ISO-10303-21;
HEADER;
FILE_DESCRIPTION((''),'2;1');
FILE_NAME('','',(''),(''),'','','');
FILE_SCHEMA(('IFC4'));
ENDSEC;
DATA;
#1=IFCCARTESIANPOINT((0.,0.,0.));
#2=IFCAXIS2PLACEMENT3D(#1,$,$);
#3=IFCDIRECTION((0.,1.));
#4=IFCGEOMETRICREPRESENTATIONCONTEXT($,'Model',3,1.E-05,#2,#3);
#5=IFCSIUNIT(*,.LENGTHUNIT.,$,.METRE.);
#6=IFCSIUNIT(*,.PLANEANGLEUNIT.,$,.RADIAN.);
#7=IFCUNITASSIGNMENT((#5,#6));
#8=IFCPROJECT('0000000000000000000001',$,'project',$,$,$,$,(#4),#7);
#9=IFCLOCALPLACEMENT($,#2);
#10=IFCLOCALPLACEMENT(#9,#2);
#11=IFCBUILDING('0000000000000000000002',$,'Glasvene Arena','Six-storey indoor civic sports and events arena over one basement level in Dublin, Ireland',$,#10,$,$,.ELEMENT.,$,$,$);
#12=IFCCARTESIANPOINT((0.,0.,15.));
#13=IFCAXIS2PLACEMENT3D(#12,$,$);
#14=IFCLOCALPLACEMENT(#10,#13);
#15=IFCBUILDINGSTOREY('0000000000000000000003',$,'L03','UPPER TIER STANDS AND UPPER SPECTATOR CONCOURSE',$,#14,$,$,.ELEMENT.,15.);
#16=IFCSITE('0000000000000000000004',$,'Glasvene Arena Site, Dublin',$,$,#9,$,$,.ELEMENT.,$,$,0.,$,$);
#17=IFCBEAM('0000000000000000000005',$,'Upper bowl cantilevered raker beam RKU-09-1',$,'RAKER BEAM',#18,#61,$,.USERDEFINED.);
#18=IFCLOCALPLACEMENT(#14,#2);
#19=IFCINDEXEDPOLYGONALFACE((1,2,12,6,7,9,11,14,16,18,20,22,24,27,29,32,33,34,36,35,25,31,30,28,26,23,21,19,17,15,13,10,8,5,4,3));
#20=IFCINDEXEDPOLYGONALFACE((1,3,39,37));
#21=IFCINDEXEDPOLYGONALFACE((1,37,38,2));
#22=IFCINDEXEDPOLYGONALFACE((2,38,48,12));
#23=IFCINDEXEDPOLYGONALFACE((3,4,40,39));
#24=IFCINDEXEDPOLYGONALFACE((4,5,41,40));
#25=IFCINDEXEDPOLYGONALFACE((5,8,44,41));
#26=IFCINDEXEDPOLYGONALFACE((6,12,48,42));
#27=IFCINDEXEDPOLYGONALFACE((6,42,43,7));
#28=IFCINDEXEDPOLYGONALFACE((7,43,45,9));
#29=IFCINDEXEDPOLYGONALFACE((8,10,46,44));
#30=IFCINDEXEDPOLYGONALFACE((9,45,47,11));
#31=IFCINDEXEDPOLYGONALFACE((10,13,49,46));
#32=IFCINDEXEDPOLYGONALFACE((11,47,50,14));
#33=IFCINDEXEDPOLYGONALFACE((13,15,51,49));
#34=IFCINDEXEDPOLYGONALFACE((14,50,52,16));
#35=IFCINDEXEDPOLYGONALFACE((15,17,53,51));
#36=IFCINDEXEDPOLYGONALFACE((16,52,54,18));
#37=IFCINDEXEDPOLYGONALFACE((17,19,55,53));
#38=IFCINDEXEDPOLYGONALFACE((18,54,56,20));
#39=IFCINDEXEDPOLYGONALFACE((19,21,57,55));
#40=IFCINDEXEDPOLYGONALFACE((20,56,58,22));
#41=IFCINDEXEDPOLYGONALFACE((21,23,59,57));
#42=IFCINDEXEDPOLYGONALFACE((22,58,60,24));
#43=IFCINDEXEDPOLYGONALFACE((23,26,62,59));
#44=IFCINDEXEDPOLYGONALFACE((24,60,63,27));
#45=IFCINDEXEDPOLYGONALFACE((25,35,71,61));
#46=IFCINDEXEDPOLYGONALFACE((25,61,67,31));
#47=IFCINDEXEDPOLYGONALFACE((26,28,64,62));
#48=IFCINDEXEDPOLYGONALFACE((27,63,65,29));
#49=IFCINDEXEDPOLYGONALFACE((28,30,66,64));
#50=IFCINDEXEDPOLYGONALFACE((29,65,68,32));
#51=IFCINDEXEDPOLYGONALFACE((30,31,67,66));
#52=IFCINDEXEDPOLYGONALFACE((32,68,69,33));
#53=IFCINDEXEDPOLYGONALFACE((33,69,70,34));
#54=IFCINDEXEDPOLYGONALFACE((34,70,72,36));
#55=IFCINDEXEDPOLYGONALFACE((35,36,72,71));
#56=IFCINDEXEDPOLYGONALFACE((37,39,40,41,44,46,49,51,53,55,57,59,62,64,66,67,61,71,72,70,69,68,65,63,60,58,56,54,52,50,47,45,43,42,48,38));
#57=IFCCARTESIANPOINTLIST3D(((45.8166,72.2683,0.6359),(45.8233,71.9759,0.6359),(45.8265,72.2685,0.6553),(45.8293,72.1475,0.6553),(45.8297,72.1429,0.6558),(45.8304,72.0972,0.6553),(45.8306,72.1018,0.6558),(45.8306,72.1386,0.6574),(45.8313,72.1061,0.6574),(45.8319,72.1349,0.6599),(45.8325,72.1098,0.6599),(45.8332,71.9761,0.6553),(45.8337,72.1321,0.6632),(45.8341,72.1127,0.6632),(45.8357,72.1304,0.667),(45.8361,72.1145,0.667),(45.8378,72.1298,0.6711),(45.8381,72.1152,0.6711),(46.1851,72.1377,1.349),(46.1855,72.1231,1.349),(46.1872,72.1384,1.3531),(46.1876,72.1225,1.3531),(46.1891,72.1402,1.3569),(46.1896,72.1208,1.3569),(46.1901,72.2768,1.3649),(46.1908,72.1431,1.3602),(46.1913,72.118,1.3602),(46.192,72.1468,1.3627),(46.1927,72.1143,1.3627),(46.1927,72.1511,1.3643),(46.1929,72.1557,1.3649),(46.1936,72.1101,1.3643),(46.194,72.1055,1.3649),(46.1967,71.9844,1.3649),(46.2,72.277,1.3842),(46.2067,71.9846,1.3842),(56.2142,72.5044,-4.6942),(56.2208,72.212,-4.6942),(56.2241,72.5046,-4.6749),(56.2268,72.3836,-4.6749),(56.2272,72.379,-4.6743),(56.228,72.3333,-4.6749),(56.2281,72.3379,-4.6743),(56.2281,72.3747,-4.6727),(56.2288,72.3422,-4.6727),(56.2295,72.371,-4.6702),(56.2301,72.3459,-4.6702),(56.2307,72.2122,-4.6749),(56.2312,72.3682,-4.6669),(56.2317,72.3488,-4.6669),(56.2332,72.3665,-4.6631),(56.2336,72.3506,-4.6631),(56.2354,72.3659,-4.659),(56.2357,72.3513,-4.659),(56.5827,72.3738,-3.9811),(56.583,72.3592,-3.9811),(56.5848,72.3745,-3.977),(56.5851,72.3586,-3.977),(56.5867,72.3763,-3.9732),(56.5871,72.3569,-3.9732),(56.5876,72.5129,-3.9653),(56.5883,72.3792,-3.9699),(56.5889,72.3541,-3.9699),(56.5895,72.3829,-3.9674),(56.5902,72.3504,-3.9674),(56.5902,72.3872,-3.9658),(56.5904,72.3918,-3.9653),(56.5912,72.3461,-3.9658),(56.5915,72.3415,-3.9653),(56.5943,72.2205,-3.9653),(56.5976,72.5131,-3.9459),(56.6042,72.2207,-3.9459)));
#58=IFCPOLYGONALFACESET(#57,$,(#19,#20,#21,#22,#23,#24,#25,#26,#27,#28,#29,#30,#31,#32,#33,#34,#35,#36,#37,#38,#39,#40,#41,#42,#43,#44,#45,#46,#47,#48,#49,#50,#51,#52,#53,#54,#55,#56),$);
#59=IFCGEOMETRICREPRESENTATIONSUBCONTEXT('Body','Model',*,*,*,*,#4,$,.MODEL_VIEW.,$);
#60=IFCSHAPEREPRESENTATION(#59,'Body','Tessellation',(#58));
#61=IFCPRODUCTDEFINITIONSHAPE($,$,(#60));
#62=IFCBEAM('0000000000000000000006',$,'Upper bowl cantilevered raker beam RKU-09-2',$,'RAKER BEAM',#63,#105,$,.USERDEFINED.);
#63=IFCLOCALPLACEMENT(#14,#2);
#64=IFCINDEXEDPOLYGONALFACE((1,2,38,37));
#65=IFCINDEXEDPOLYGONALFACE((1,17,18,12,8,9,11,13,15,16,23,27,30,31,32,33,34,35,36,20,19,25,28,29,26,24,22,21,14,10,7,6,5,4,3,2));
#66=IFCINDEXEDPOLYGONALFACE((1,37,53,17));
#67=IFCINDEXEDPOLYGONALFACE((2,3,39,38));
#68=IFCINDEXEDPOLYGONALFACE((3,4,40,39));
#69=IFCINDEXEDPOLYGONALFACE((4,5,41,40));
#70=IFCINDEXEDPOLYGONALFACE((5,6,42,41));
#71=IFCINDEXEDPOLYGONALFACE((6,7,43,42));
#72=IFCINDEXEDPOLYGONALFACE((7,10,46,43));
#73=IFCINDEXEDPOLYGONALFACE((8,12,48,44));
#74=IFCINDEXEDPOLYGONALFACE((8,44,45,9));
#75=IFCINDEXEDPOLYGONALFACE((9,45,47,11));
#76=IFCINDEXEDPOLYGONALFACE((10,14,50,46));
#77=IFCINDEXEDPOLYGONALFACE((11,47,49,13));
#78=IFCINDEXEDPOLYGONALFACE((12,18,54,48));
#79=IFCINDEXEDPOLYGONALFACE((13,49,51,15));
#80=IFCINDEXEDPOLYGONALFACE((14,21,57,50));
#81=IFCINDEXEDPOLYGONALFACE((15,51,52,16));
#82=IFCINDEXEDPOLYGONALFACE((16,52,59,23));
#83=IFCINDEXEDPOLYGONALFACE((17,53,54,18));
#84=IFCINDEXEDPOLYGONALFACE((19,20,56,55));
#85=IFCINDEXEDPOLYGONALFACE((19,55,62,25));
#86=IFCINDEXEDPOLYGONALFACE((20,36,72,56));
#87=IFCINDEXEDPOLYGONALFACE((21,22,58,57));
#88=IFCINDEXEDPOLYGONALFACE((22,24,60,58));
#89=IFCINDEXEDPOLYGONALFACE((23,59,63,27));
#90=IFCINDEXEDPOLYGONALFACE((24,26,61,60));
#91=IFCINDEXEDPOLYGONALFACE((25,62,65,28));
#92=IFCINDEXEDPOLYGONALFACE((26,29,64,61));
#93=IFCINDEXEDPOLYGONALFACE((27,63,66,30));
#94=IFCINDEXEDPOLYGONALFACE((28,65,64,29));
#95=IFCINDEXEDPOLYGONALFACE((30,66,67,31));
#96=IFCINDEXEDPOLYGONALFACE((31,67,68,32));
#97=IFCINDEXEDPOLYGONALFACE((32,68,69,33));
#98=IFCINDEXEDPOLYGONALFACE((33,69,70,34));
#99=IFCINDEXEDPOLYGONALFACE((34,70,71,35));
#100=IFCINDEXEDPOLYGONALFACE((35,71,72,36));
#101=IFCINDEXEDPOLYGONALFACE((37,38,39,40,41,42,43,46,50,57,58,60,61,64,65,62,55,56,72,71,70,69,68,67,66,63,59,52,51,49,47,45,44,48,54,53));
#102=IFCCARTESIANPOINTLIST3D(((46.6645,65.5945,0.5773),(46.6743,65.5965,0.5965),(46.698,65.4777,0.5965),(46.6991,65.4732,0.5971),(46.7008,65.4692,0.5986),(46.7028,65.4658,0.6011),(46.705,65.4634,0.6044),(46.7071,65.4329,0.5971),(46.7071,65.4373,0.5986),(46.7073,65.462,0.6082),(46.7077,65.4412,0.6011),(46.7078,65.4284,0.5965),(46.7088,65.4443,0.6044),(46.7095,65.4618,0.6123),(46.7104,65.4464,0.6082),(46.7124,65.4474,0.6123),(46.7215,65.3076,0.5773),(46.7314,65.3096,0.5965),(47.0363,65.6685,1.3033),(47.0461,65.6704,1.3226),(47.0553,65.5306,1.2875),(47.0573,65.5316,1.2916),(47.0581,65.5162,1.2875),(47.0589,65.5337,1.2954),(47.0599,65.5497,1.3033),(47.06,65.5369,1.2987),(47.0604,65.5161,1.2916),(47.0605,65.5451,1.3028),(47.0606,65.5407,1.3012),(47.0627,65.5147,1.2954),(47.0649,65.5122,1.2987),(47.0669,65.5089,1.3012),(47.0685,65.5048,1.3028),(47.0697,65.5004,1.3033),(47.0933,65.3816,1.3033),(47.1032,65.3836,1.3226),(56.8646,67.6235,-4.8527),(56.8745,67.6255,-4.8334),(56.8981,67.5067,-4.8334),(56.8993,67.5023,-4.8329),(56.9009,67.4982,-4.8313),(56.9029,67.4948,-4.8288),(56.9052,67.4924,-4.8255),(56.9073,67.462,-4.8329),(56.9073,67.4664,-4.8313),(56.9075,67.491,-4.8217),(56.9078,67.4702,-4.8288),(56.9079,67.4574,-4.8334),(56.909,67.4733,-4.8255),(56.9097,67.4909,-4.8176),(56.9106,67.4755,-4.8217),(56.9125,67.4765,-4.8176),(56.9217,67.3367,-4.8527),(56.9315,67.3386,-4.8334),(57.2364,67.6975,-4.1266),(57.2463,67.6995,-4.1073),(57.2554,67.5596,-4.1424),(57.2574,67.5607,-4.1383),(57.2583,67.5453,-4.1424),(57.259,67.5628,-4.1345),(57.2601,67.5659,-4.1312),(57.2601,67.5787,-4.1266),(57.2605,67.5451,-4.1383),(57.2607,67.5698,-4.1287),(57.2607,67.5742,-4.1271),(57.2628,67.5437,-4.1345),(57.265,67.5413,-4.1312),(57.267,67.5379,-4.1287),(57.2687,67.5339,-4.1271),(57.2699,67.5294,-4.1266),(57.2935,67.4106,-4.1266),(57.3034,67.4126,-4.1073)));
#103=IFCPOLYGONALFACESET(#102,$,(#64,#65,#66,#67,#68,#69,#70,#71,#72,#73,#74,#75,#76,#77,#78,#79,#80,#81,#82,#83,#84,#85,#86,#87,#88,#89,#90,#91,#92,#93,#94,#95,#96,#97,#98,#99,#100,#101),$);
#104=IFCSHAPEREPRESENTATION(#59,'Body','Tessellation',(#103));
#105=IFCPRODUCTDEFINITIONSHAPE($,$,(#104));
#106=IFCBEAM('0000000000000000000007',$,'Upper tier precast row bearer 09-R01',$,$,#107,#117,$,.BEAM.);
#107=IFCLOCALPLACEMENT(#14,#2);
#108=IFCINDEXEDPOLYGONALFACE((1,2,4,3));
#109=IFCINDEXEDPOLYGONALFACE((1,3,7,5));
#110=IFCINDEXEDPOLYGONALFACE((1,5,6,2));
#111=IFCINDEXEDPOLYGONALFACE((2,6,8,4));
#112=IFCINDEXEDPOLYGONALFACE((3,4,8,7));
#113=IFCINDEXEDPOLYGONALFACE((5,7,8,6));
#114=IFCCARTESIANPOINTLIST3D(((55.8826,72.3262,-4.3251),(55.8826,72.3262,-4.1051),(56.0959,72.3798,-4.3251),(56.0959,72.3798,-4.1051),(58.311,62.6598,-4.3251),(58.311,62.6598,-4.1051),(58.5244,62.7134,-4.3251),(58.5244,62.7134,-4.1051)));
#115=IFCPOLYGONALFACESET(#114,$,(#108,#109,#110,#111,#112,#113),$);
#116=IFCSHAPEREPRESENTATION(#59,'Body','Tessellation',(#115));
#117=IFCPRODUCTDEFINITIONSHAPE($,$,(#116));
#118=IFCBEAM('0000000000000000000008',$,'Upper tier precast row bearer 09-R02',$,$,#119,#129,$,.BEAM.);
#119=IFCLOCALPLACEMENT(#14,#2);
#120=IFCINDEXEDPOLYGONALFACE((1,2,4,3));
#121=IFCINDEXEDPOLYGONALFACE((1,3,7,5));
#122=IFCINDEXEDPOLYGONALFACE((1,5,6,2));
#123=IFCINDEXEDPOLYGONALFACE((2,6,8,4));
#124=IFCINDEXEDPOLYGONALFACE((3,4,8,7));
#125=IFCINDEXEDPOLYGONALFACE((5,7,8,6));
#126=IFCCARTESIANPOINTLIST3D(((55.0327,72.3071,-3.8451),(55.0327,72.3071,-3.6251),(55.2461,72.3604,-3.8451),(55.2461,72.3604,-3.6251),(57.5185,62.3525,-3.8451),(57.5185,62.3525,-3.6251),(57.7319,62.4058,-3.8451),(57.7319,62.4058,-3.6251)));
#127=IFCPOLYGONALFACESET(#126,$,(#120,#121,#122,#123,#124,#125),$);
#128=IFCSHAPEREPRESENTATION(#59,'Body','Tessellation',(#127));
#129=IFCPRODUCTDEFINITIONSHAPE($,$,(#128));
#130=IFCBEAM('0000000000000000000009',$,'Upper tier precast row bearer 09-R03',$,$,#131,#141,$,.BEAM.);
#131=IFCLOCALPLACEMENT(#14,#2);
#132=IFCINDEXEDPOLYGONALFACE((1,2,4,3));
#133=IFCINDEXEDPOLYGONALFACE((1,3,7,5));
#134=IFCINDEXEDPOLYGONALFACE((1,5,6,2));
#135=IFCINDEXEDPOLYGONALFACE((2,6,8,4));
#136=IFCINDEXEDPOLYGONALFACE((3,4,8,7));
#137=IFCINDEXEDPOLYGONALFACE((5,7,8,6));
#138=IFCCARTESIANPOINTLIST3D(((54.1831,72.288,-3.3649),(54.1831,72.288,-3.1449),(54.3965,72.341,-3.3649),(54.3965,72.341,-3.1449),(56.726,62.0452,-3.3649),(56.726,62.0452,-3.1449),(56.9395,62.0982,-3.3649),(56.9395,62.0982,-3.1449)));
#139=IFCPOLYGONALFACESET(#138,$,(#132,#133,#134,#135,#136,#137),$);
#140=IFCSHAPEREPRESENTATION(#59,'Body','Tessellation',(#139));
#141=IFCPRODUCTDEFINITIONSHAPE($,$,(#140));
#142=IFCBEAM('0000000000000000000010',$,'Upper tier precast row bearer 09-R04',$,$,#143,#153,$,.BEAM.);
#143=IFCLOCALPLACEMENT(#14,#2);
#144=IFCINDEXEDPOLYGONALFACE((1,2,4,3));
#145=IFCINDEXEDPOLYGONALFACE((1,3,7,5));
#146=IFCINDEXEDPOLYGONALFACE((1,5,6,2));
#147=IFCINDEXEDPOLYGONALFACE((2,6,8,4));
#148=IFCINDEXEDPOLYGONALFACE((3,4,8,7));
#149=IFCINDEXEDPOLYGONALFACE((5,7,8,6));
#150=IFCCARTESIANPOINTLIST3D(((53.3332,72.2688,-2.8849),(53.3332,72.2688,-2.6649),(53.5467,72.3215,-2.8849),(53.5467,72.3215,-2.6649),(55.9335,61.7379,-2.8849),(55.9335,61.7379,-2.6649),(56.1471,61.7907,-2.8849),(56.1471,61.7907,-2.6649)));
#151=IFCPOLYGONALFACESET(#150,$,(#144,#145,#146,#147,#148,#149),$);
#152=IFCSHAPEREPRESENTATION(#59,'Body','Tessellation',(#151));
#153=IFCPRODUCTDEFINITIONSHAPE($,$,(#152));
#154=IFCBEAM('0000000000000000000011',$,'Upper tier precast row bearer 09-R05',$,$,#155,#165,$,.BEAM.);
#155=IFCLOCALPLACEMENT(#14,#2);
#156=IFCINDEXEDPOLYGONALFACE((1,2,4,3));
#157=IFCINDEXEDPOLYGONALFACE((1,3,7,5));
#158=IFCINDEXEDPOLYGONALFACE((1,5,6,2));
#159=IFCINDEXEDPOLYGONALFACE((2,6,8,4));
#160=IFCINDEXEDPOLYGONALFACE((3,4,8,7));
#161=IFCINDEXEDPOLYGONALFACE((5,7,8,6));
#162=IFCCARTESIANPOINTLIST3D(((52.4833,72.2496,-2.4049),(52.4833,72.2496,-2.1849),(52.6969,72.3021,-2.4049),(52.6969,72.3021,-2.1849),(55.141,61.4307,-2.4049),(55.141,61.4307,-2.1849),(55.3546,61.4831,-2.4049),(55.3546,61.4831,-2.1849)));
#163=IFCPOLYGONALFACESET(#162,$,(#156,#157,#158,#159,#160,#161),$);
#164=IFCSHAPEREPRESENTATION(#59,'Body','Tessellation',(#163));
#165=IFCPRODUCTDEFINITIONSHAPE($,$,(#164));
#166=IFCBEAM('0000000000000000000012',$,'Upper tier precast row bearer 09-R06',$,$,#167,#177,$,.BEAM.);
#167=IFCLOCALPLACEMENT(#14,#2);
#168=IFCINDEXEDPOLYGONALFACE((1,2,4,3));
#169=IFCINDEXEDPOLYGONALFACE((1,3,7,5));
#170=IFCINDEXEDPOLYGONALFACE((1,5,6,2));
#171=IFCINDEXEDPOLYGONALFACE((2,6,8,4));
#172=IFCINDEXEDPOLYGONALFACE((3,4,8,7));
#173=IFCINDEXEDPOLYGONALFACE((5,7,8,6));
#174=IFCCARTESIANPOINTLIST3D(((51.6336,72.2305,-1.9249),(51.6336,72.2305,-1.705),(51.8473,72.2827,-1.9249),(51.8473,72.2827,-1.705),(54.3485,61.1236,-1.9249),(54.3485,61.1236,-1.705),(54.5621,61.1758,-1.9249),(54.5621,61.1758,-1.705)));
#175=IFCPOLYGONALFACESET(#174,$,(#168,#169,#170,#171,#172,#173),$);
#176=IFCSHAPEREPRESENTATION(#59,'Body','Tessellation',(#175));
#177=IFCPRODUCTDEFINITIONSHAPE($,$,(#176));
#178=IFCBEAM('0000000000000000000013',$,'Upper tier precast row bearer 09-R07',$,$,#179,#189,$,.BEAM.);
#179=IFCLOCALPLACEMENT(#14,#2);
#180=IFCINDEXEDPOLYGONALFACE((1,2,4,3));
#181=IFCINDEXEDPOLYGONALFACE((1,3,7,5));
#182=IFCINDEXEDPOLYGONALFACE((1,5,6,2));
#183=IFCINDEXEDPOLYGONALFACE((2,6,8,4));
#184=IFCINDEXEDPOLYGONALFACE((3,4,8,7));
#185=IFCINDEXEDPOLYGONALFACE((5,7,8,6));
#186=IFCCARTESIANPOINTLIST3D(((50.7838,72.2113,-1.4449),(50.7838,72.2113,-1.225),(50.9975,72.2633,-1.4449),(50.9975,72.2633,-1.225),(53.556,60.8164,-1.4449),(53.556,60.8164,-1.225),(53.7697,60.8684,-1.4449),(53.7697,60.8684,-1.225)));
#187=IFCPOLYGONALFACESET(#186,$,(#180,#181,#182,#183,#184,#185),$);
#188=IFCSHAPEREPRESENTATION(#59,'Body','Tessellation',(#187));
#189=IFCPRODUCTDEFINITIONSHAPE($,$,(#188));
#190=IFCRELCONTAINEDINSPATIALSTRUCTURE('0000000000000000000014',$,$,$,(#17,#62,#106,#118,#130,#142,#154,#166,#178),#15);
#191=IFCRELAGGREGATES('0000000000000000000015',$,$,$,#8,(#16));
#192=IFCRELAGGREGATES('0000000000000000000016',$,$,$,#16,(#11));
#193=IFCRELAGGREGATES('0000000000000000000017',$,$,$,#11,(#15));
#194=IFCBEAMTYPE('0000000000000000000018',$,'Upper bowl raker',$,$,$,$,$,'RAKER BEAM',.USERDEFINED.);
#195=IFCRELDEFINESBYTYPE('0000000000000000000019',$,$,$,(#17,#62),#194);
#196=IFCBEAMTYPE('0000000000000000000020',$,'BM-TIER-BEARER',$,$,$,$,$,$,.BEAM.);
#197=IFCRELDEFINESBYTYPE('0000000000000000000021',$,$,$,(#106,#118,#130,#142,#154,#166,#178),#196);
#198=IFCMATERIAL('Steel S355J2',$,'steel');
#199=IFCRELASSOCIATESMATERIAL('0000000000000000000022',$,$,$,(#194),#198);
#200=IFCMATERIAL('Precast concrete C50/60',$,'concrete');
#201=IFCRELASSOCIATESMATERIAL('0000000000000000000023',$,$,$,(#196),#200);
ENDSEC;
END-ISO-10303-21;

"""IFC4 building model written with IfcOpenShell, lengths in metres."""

from ifc_helpers import new_model, si_unit, direction, frame, origin, origin_2d, place, context, subcontext, project, spatial, rectangle, i_section, extrude, material, material_profile, profile_set, type_object, element, save


model = new_model("IFC4")

# Units and contexts
model_context = context("Model", 3, precision=1e-05, world=origin(), true_north=direction((0.0, 1.0)))
body_context = subcontext(model_context, "Body", "Model", "MODEL_VIEW")
ifc_project = project(units=[si_unit("LENGTHUNIT", "METRE"), si_unit("PLANEANGLEUNIT", "RADIAN")], contexts=[model_context])

# Site, building, storey
site_placement = place(None, origin())
site = spatial("IfcSite", under=ifc_project, at=site_placement, Name="Glasvene Arena Site, Dublin", CompositionType="ELEMENT", RefElevation=0.0)
building_placement = place(site_placement, origin())
building = spatial("IfcBuilding", under=site, at=building_placement, Name="Glasvene Arena", Description="Six-storey indoor civic sports and events arena over one basement level in Dublin, Ireland", CompositionType="ELEMENT")
storey_placement = place(building_placement, frame((0.0, 0.0, 15.0)))
storey = spatial("IfcBuildingStorey", under=building, at=storey_placement, Name="L03", Description="UPPER TIER STANDS AND UPPER SPECTATOR CONCOURSE", CompositionType="ELEMENT", Elevation=15.0)

# Shared definitions
ifc_material_1 = material(Name="Steel S355J2", Category="steel")

# Beams
ifc_material_profile_1 = material_profile(ifc_material_1, i_section(OverallWidth=0.2925, OverallDepth=0.8408, WebThickness=0.0146, FlangeThickness=0.0217, FilletRadius=0.0178, at=origin_2d()), Name="UKB 838x292x194")
ifc_profile_set_1 = profile_set([ifc_material_profile_1], Name="Steel S355J2")
beam_type_1 = type_object("IfcBeamType", Name="Upper bowl raker", ElementType="RAKER BEAM", PredefinedType="USERDEFINED", material=ifc_profile_set_1)
for number, where, z_axis, x_axis, name in (
    (1, (56.4092, 72.3625, -4.3201), (-0.889704, -0.020202, 0.456091), (0.0227, -0.999742, 0.0), "Upper bowl cantilevered raker beam RKU-09-1"),
):
    element("IfcBeam", number, at=place(storey_placement, frame(where, z_axis=z_axis, x_axis=x_axis)), inside=storey, type_object=beam_type_1, Name=name, ObjectType="RAKER BEAM", PredefinedType="USERDEFINED", context=body_context, shape_type="SweptSolid", body=[
        extrude(i_section(OverallWidth=0.2925, OverallDepth=0.8408, WebThickness=0.0146, FlangeThickness=0.0217, FilletRadius=0.0178, at=origin_2d()), origin(), (0.0, 0.0, 1.0), 11.6865),
    ])
beam_1_placement = place(storey_placement, frame((57.084, 67.5181, -4.48), z_axis=(-0.869417, -0.172947, 0.462822), x_axis=(0.1951, -0.980783, 0.0)))
element("IfcBeam", 2, at=beam_1_placement, inside=storey, type_object=beam_type_1, Name="Upper bowl cantilevered raker beam RKU-09-2", ObjectType="RAKER BEAM", PredefinedType="USERDEFINED", context=body_context, shape_type="SweptSolid", body=[
    extrude(i_section(OverallWidth=0.2925, OverallDepth=0.8408, WebThickness=0.0146, FlangeThickness=0.0217, FilletRadius=0.0178, at=origin_2d()), origin(), (0.0, 0.0, 1.0), 11.7322),
])
ifc_material_2 = material(Name="Precast concrete C50/60", Category="concrete")
ifc_material_profile_2 = material_profile(ifc_material_2, rectangle(XDim=0.22, YDim=0.22, at=origin_2d()), Name="RC 220x220")
ifc_profile_set_2 = profile_set([ifc_material_profile_2], Name="Precast concrete C50/60")
beam_type_2 = type_object("IfcBeamType", Name="BM-TIER-BEARER", PredefinedType="BEAM", material=ifc_profile_set_2)
beam_2_placement = place(storey_placement, frame((55.9893, 72.353, -4.2151), z_axis=(0.243654, -0.969862, 0.0), x_axis=(0.969862, 0.243654, 0.0)))
element("IfcBeam", 3, at=beam_2_placement, inside=storey, type_object=beam_type_2, Name="Upper tier precast row bearer 09-R01", PredefinedType="BEAM", context=body_context, shape_type="SweptSolid", body=[
    extrude(rectangle(XDim=0.22, YDim=0.22, at=origin_2d()), origin(), (0.0, 0.0, 1.0), 9.9668),
])
beam_3_placement = place(storey_placement, frame((55.1394, 72.3337, -3.7351), z_axis=(0.242278, -0.970207, 0.0), x_axis=(0.970207, 0.242278, 0.0)))
element("IfcBeam", 4, at=beam_3_placement, inside=storey, type_object=beam_type_2, Name="Upper tier precast row bearer 09-R02", PredefinedType="BEAM", context=body_context, shape_type="SweptSolid", body=[
    extrude(rectangle(XDim=0.22, YDim=0.22, at=origin_2d()), origin(), (0.0, 0.0, 1.0), 10.2603),
])
beam_4_placement = place(storey_placement, frame((54.2898, 72.3145, -3.2549), z_axis=(0.240957, -0.970536, 0.0), x_axis=(0.970536, 0.240957, 0.0)))
element("IfcBeam", 5, at=beam_4_placement, inside=storey, type_object=beam_type_2, Name="Upper tier precast row bearer 09-R03", PredefinedType="BEAM", context=body_context, shape_type="SweptSolid", body=[
    extrude(rectangle(XDim=0.22, YDim=0.22, at=origin_2d()), origin(), (0.0, 0.0, 1.0), 10.5537),
])
beam_5_placement = place(storey_placement, frame((53.4399, 72.2952, -2.7749), z_axis=(0.239728, -0.97084, 0.0), x_axis=(0.97084, 0.239728, 0.0)))
element("IfcBeam", 6, at=beam_5_placement, inside=storey, type_object=beam_type_2, Name="Upper tier precast row bearer 09-R04", PredefinedType="BEAM", context=body_context, shape_type="SweptSolid", body=[
    extrude(rectangle(XDim=0.22, YDim=0.22, at=origin_2d()), origin(), (0.0, 0.0, 1.0), 10.8472),
])
beam_6_placement = place(storey_placement, frame((52.5901, 72.2759, -2.2949), z_axis=(0.238558, -0.971128, 0.0), x_axis=(0.971128, 0.238558, 0.0)))
element("IfcBeam", 7, at=beam_6_placement, inside=storey, type_object=beam_type_2, Name="Upper tier precast row bearer 09-R05", PredefinedType="BEAM", context=body_context, shape_type="SweptSolid", body=[
    extrude(rectangle(XDim=0.22, YDim=0.22, at=origin_2d()), origin(), (0.0, 0.0, 1.0), 11.1406),
])
beam_7_placement = place(storey_placement, frame((51.7405, 72.2566, -1.8149), z_axis=(0.237438, -0.971403, 0.0), x_axis=(0.971403, 0.237438, 0.0)))
element("IfcBeam", 8, at=beam_7_placement, inside=storey, type_object=beam_type_2, Name="Upper tier precast row bearer 09-R06", PredefinedType="BEAM", context=body_context, shape_type="SweptSolid", body=[
    extrude(rectangle(XDim=0.22, YDim=0.22, at=origin_2d()), origin(), (0.0, 0.0, 1.0), 11.4338),
])
beam_8_placement = place(storey_placement, frame((50.8906, 72.2373, -1.335), z_axis=(0.236388, -0.971659, 0.0), x_axis=(0.971659, 0.236388, 0.0)))
element("IfcBeam", 9, at=beam_8_placement, inside=storey, type_object=beam_type_2, Name="Upper tier precast row bearer 09-R07", PredefinedType="BEAM", context=body_context, shape_type="SweptSolid", body=[
    extrude(rectangle(XDim=0.22, YDim=0.22, at=origin_2d()), origin(), (0.0, 0.0, 1.0), 11.7273),
])

save(model, "model.ifc")
